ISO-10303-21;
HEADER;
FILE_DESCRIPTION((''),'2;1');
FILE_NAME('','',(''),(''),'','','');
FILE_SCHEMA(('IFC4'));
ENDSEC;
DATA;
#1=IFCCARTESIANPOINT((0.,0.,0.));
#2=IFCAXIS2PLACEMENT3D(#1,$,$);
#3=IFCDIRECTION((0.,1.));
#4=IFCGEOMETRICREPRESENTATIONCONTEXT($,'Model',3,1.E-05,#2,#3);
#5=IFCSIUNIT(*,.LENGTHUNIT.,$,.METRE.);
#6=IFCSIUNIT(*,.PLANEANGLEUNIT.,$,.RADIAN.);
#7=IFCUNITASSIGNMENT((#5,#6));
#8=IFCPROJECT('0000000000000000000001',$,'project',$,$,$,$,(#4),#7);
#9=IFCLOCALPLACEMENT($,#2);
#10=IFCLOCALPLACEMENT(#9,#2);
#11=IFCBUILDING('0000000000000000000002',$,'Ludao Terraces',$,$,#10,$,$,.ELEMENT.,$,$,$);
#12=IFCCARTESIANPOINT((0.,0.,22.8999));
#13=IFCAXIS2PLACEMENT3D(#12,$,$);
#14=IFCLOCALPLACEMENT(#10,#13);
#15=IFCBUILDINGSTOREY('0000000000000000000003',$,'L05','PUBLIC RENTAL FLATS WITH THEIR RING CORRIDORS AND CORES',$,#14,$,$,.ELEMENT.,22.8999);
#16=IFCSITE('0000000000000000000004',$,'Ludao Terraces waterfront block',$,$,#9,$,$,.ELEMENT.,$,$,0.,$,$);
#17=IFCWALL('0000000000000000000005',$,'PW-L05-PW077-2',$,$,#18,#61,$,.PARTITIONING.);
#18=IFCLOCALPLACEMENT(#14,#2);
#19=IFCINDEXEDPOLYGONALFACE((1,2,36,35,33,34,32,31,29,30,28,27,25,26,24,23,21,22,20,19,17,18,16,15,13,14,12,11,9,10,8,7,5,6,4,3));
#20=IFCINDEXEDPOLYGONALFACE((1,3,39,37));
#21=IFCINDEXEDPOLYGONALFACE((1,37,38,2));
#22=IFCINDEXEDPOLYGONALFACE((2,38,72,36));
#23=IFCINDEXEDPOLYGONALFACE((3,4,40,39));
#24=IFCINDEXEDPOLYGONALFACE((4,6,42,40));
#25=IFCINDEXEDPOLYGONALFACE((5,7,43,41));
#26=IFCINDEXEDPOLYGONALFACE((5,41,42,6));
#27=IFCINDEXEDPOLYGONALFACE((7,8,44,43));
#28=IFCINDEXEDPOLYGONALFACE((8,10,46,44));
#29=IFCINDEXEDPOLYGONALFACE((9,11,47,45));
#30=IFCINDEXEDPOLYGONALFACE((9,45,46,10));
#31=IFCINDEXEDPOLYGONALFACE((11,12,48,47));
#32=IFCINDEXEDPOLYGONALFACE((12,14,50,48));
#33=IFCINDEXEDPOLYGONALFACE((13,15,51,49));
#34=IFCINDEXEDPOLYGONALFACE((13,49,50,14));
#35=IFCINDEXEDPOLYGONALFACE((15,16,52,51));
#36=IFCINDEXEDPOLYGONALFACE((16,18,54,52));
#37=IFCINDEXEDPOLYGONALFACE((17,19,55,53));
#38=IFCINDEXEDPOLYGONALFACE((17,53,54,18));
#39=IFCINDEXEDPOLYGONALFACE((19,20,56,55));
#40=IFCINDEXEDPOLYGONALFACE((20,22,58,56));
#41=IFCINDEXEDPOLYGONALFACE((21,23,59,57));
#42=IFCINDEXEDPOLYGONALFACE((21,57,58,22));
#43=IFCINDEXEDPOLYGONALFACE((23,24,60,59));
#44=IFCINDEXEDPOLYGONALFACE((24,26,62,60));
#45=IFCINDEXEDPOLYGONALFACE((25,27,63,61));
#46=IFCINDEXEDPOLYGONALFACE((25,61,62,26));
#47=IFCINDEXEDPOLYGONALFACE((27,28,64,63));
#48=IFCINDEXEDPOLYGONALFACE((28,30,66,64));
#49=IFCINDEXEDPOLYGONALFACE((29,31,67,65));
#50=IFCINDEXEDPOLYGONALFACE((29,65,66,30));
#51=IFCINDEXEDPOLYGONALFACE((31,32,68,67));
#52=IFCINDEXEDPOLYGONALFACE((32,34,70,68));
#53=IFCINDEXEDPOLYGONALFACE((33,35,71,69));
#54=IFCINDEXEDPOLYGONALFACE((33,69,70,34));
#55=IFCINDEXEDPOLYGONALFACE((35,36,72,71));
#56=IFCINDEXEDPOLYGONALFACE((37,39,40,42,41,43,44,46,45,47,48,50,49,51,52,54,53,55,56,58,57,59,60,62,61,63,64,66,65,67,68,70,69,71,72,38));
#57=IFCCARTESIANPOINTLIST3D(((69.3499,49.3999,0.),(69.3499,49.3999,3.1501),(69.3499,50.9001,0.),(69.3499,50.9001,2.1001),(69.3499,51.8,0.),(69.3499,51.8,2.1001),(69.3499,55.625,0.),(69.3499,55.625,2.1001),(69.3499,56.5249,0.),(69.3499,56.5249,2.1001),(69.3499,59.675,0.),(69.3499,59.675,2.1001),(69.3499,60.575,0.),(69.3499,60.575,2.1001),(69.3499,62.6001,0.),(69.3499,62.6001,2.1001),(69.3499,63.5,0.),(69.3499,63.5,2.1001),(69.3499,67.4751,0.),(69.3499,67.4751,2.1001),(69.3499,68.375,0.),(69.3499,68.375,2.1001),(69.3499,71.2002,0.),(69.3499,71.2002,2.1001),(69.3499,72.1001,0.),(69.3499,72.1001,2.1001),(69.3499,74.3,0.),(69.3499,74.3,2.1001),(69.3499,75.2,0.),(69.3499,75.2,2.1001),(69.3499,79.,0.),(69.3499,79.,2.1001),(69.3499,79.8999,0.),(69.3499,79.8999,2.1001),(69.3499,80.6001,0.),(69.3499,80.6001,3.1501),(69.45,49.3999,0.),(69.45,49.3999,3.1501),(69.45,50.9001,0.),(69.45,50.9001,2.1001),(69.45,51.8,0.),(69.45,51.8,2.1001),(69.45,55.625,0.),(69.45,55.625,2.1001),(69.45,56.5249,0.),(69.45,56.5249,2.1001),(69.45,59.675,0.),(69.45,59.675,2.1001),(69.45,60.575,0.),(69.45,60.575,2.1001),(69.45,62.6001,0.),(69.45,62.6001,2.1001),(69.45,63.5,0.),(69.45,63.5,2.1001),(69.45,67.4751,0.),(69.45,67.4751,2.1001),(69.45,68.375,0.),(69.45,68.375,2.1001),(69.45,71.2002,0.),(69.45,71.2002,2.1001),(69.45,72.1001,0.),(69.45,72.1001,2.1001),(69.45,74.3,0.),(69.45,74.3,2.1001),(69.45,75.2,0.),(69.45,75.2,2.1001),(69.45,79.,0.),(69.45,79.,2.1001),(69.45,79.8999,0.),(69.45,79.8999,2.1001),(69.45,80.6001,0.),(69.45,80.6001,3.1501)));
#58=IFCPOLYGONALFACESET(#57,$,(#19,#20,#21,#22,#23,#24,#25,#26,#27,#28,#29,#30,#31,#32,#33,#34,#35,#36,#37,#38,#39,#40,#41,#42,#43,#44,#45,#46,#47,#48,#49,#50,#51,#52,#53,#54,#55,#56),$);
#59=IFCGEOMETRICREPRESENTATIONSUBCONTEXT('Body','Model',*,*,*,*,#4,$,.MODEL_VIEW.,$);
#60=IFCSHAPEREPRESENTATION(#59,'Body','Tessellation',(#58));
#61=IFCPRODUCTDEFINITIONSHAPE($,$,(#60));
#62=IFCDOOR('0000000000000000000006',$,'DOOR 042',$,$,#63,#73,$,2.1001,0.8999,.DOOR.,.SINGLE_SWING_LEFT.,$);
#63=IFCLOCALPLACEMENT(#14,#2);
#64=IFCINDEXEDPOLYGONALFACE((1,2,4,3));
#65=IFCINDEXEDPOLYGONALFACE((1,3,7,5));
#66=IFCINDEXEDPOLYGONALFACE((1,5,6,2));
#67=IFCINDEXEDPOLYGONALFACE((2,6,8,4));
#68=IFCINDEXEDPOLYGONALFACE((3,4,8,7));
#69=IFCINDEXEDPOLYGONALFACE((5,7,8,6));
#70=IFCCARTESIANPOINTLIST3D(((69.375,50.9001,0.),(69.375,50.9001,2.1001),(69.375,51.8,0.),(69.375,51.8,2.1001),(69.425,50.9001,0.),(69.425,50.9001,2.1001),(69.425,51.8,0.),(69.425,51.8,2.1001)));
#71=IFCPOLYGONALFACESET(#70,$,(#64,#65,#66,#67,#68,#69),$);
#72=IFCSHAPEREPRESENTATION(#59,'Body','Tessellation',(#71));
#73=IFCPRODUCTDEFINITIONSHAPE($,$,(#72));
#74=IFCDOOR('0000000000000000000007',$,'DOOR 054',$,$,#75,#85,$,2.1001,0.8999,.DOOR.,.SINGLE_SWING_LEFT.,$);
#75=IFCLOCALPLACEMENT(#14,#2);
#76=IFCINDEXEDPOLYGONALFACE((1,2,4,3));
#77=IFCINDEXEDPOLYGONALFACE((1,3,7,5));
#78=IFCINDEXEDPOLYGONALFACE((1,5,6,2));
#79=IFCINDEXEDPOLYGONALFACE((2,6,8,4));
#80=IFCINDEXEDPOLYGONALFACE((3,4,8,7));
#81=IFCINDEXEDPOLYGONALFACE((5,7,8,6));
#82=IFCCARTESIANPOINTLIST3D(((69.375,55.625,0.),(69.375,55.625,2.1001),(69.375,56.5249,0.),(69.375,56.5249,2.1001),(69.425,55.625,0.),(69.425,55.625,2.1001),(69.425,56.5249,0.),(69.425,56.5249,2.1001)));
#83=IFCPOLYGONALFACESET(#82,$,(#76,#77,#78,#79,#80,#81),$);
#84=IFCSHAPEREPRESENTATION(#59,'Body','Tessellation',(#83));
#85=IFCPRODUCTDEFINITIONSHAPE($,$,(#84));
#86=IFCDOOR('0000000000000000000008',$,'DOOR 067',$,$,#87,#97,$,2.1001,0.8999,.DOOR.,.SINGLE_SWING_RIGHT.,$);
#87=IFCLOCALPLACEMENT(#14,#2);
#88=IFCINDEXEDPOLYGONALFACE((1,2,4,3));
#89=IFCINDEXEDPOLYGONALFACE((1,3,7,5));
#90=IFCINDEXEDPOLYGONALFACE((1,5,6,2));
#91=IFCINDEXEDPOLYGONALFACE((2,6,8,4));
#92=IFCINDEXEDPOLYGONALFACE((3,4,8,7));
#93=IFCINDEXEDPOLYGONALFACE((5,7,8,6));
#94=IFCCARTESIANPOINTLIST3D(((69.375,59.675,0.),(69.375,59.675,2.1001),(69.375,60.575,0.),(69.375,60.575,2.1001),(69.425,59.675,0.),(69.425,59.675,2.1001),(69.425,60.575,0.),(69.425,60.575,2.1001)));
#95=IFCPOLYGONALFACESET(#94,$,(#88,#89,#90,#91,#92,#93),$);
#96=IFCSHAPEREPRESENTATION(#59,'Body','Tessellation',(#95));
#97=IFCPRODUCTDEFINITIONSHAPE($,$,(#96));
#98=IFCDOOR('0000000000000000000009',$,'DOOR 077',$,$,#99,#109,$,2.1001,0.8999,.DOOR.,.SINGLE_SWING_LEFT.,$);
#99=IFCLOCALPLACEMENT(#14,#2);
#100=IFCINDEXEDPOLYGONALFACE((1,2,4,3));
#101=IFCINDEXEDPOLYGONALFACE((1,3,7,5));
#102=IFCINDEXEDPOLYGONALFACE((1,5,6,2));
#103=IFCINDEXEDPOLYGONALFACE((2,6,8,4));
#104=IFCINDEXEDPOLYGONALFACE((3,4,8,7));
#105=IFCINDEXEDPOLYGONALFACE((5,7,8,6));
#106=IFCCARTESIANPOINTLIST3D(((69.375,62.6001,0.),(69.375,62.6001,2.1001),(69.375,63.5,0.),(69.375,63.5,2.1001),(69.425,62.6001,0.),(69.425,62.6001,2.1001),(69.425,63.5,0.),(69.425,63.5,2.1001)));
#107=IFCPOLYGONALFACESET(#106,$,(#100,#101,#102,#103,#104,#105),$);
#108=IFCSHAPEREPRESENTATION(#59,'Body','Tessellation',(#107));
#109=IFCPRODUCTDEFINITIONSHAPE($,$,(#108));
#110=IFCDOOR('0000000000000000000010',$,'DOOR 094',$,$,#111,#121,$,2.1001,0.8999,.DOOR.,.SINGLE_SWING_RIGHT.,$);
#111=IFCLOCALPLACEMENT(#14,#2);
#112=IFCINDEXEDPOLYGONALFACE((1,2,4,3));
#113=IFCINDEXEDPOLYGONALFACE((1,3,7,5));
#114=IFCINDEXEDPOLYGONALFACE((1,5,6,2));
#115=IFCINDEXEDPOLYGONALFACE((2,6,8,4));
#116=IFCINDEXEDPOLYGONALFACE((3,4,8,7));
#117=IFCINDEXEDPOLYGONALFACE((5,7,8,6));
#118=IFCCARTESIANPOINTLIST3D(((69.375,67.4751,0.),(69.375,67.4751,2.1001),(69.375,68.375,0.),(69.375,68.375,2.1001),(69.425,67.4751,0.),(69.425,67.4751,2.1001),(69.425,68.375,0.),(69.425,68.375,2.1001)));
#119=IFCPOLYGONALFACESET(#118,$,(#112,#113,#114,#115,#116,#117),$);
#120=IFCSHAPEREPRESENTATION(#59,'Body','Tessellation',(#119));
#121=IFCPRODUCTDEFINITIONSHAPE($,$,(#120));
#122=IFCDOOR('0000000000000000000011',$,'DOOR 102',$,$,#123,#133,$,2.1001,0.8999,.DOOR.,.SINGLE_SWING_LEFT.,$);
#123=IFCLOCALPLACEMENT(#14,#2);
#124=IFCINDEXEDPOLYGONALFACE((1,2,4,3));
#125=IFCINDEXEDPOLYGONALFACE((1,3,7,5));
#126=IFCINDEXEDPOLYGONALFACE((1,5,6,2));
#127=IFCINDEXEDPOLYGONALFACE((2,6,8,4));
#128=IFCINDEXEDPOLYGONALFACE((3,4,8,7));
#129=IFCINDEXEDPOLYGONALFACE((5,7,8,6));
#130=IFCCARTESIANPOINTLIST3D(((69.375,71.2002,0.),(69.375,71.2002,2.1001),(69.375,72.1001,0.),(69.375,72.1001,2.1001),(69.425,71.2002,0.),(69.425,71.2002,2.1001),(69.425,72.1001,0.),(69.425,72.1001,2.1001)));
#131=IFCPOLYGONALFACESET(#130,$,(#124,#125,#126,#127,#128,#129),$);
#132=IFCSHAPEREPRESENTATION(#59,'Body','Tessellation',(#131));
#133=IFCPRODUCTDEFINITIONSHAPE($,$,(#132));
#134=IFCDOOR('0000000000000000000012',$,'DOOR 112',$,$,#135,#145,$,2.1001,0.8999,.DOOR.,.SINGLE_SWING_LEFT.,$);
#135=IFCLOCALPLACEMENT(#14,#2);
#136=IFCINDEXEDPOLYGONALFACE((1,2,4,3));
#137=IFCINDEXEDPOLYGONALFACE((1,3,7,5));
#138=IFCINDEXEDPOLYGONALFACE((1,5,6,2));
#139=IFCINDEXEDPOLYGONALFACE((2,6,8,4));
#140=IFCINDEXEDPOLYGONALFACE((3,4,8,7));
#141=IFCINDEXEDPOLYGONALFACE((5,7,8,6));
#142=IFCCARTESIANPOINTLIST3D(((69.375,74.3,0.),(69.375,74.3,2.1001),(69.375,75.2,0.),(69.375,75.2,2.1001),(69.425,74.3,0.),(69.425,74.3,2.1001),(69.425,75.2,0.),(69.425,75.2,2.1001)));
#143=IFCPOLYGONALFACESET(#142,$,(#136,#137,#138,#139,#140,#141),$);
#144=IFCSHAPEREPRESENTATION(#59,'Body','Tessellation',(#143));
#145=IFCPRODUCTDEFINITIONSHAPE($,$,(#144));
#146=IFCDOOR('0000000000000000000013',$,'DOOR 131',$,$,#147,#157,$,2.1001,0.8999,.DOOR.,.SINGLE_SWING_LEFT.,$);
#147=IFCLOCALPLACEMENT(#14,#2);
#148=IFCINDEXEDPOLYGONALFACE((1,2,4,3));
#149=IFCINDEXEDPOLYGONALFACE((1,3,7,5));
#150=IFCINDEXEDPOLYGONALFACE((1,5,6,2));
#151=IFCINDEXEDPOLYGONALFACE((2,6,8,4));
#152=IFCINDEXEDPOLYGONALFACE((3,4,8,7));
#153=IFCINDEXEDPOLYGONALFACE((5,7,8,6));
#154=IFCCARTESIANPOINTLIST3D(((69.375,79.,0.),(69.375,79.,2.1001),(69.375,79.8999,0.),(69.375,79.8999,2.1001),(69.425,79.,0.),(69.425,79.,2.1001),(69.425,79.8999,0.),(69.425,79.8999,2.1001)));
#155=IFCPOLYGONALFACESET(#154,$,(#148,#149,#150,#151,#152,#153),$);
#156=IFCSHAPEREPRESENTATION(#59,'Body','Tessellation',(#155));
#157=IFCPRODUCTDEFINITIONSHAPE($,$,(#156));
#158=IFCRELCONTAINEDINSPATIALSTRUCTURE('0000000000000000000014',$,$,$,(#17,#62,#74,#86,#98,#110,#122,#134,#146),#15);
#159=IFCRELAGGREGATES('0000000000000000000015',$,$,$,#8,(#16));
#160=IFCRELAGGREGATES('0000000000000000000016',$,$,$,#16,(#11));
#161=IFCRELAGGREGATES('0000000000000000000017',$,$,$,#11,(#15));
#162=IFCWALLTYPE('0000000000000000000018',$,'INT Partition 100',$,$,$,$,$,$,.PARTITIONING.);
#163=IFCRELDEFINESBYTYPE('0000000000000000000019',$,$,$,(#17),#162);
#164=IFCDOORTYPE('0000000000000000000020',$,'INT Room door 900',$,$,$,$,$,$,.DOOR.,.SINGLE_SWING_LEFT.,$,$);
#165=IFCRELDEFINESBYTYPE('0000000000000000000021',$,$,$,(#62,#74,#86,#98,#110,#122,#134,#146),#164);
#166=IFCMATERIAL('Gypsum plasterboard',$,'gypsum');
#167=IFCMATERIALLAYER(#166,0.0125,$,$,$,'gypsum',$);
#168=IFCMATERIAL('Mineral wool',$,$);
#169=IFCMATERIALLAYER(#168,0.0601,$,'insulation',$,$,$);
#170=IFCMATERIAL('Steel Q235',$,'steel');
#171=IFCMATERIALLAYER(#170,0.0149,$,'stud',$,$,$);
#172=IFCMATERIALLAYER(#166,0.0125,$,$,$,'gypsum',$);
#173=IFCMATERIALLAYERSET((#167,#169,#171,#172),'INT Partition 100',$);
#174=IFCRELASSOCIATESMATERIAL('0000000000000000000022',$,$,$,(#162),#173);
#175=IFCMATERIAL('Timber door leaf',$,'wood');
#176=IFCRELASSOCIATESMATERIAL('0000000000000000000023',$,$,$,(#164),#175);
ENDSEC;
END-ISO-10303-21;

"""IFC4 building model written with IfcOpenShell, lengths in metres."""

from ifc_helpers import new_model, si_unit, direction, frame, frame_2d, origin, place, context, subcontext, project, spatial, rectangle, extrude, material, layer, layer_set, type_object, element, fill, save


model = new_model("IFC4")

# Units and contexts
model_context = context("Model", 3, precision=1e-05, world=origin(), true_north=direction((0.0, 1.0)))
body_context = subcontext(model_context, "Body", "Model", "MODEL_VIEW")
ifc_project = project(units=[si_unit("LENGTHUNIT", "METRE"), si_unit("PLANEANGLEUNIT", "RADIAN")], contexts=[model_context])

# Site, building, storey
site_placement = place(None, origin())
site = spatial("IfcSite", under=ifc_project, at=site_placement, Name="Ludao Terraces waterfront block", CompositionType="ELEMENT", RefElevation=0.0)
building_placement = place(site_placement, origin())
building = spatial("IfcBuilding", under=site, at=building_placement, Name="Ludao Terraces", CompositionType="ELEMENT")
storey_placement = place(building_placement, frame((0.0, 0.0, 22.8999)))
storey = spatial("IfcBuildingStorey", under=building, at=storey_placement, Name="L05", Description="PUBLIC RENTAL FLATS WITH THEIR RING CORRIDORS AND CORES", CompositionType="ELEMENT", Elevation=22.8999)

# Shared definitions
ifc_material_1 = material(Name="Gypsum plasterboard", Category="gypsum")
ifc_layer_1 = layer(ifc_material_1, 0.0125, Category="gypsum")
ifc_material_2 = material(Name="Mineral wool")
ifc_layer_2 = layer(ifc_material_2, 0.0601, Name="insulation")
ifc_material_3 = material(Name="Steel Q235", Category="steel")
ifc_layer_3 = layer(ifc_material_3, 0.0149, Name="stud")
ifc_layer_4 = layer(ifc_material_1, 0.0125, Category="gypsum")
ifc_layer_set = layer_set([ifc_layer_1, ifc_layer_2, ifc_layer_3, ifc_layer_4], Name="INT Partition 100")
wall_type = type_object("IfcWallType", Name="INT Partition 100", PredefinedType="PARTITIONING", material=ifc_layer_set)

# Wall, openings, doors
wall_1_placement = place(storey_placement, frame((69.3999, 49.3999, 0.0), z_axis=(0.0, 0.0, 1.0), x_axis=(0.0, 1.0, 0.0)))
wall_1 = element("IfcWall", 1, at=wall_1_placement, inside=storey, type_object=wall_type, Name="PW-L05-PW077-2", PredefinedType="PARTITIONING", context=body_context, shape_type="SweptSolid", body=[
    extrude(rectangle(XDim=31.2002, YDim=0.1001, at=frame_2d((15.6001, 0.0))), origin(), (0.0, 0.0, 1.0), 3.1501),
])
opening_1_placement = place(wall_1_placement, frame((1.5002, 0.0, 0.0)))
opening_1 = element("IfcOpeningElement", 2, at=opening_1_placement, cuts=wall_1, PredefinedType="OPENING", context=body_context, shape_type="SweptSolid", body=[
    extrude(rectangle(XDim=0.8999, YDim=2.1001, at=frame_2d((0.45, 1.05))), frame((0.0, 0.0601, 0.0), z_axis=(0.0, -1.0, 0.0), x_axis=(1.0, 0.0, 0.0)), (0.0, 0.0, 1.0), 0.1201),
])
opening_2_placement = place(wall_1_placement, frame((6.2251, 0.0, 0.0)))
opening_2 = element("IfcOpeningElement", 3, at=opening_2_placement, cuts=wall_1, PredefinedType="OPENING", context=body_context, shape_type="SweptSolid", body=[
    extrude(rectangle(XDim=0.8999, YDim=2.1001, at=frame_2d((0.45, 1.05))), frame((0.0, 0.0601, 0.0), z_axis=(0.0, -1.0, 0.0), x_axis=(1.0, 0.0, 0.0)), (0.0, 0.0, 1.0), 0.1201),
])
opening_3_placement = place(wall_1_placement, frame((10.2751, 0.0, 0.0)))
opening_3 = element("IfcOpeningElement", 4, at=opening_3_placement, cuts=wall_1, PredefinedType="OPENING", context=body_context, shape_type="SweptSolid", body=[
    extrude(rectangle(XDim=0.8999, YDim=2.1001, at=frame_2d((0.45, 1.05))), frame((0.0, 0.0601, 0.0), z_axis=(0.0, -1.0, 0.0), x_axis=(1.0, 0.0, 0.0)), (0.0, 0.0, 1.0), 0.1201),
])
opening_4_placement = place(wall_1_placement, frame((13.2002, 0.0, 0.0)))
opening_4 = element("IfcOpeningElement", 5, at=opening_4_placement, cuts=wall_1, PredefinedType="OPENING", context=body_context, shape_type="SweptSolid", body=[
    extrude(rectangle(XDim=0.8999, YDim=2.1001, at=frame_2d((0.45, 1.05))), frame((0.0, 0.0601, 0.0), z_axis=(0.0, -1.0, 0.0), x_axis=(1.0, 0.0, 0.0)), (0.0, 0.0, 1.0), 0.1201),
])
opening_5_placement = place(wall_1_placement, frame((18.0752, 0.0, 0.0)))
opening_5 = element("IfcOpeningElement", 6, at=opening_5_placement, cuts=wall_1, PredefinedType="OPENING", context=body_context, shape_type="SweptSolid", body=[
    extrude(rectangle(XDim=0.8999, YDim=2.1001, at=frame_2d((0.45, 1.05))), frame((0.0, 0.0601, 0.0), z_axis=(0.0, -1.0, 0.0), x_axis=(1.0, 0.0, 0.0)), (0.0, 0.0, 1.0), 0.1201),
])
opening_6_placement = place(wall_1_placement, frame((21.8003, 0.0, 0.0)))
opening_6 = element("IfcOpeningElement", 7, at=opening_6_placement, cuts=wall_1, PredefinedType="OPENING", context=body_context, shape_type="SweptSolid", body=[
    extrude(rectangle(XDim=0.8999, YDim=2.1001, at=frame_2d((0.45, 1.05))), frame((0.0, 0.0601, 0.0), z_axis=(0.0, -1.0, 0.0), x_axis=(1.0, 0.0, 0.0)), (0.0, 0.0, 1.0), 0.1201),
])
opening_7_placement = place(wall_1_placement, frame((24.9001, 0.0, 0.0)))
opening_7 = element("IfcOpeningElement", 8, at=opening_7_placement, cuts=wall_1, PredefinedType="OPENING", context=body_context, shape_type="SweptSolid", body=[
    extrude(rectangle(XDim=0.8999, YDim=2.1001, at=frame_2d((0.45, 1.05))), frame((0.0, 0.0601, 0.0), z_axis=(0.0, -1.0, 0.0), x_axis=(1.0, 0.0, 0.0)), (0.0, 0.0, 1.0), 0.1201),
])
opening_8_placement = place(wall_1_placement, frame((29.6001, 0.0, 0.0)))
opening_8 = element("IfcOpeningElement", 9, at=opening_8_placement, cuts=wall_1, PredefinedType="OPENING", context=body_context, shape_type="SweptSolid", body=[
    extrude(rectangle(XDim=0.8999, YDim=2.1001, at=frame_2d((0.45, 1.05))), frame((0.0, 0.0601, 0.0), z_axis=(0.0, -1.0, 0.0), x_axis=(1.0, 0.0, 0.0)), (0.0, 0.0, 1.0), 0.1201),
])
ifc_material_4 = material(Name="Timber door leaf", Category="wood")
door_type_1 = type_object("IfcDoorType", Name="INT Room door 900", OperationType="SINGLE_SWING_LEFT", PredefinedType="DOOR", material=ifc_material_4)
door_1_placement = place(opening_1_placement, origin())
door_1 = element("IfcDoor", 10, at=door_1_placement, inside=storey, type_object=door_type_1, Name="DOOR 042", OperationType="SINGLE_SWING_LEFT", OverallHeight=2.1001, OverallWidth=0.8999, PredefinedType="DOOR", context=body_context, shape_type="SweptSolid", body=[
    extrude(rectangle(XDim=0.8999, YDim=2.1001, at=frame_2d((0.45, 1.05))), frame((0.0, 0.0249, 0.0), z_axis=(0.0, -1.0, 0.0), x_axis=(1.0, 0.0, 0.0)), (0.0, 0.0, 1.0), 0.05),
])
fill(opening_1, door_1)
door_2_placement = place(opening_2_placement, origin())
door_2 = element("IfcDoor", 11, at=door_2_placement, inside=storey, type_object=door_type_1, Name="DOOR 054", OperationType="SINGLE_SWING_LEFT", OverallHeight=2.1001, OverallWidth=0.8999, PredefinedType="DOOR", context=body_context, shape_type="SweptSolid", body=[
    extrude(rectangle(XDim=0.8999, YDim=2.1001, at=frame_2d((0.45, 1.05))), frame((0.0, 0.0249, 0.0), z_axis=(0.0, -1.0, 0.0), x_axis=(1.0, 0.0, 0.0)), (0.0, 0.0, 1.0), 0.05),
])
fill(opening_2, door_2)
door_3_placement = place(opening_3_placement, origin())
door_3 = element("IfcDoor", 12, at=door_3_placement, inside=storey, type_object=door_type_1, Name="DOOR 067", OperationType="SINGLE_SWING_RIGHT", OverallHeight=2.1001, OverallWidth=0.8999, PredefinedType="DOOR", context=body_context, shape_type="SweptSolid", body=[
    extrude(rectangle(XDim=0.8999, YDim=2.1001, at=frame_2d((0.45, 1.05))), frame((0.0, 0.0249, 0.0), z_axis=(0.0, -1.0, 0.0), x_axis=(1.0, 0.0, 0.0)), (0.0, 0.0, 1.0), 0.05),
])
fill(opening_3, door_3)
door_4_placement = place(opening_4_placement, origin())
door_4 = element("IfcDoor", 13, at=door_4_placement, inside=storey, type_object=door_type_1, Name="DOOR 077", OperationType="SINGLE_SWING_LEFT", OverallHeight=2.1001, OverallWidth=0.8999, PredefinedType="DOOR", context=body_context, shape_type="SweptSolid", body=[
    extrude(rectangle(XDim=0.8999, YDim=2.1001, at=frame_2d((0.45, 1.05))), frame((0.0, 0.0249, 0.0), z_axis=(0.0, -1.0, 0.0), x_axis=(1.0, 0.0, 0.0)), (0.0, 0.0, 1.0), 0.05),
])
fill(opening_4, door_4)
door_5_placement = place(opening_5_placement, origin())
door_5 = element("IfcDoor", 14, at=door_5_placement, inside=storey, type_object=door_type_1, Name="DOOR 094", OperationType="SINGLE_SWING_RIGHT", OverallHeight=2.1001, OverallWidth=0.8999, PredefinedType="DOOR", context=body_context, shape_type="SweptSolid", body=[
    extrude(rectangle(XDim=0.8999, YDim=2.1001, at=frame_2d((0.45, 1.05))), frame((0.0, 0.0249, 0.0), z_axis=(0.0, -1.0, 0.0), x_axis=(1.0, 0.0, 0.0)), (0.0, 0.0, 1.0), 0.05),
])
fill(opening_5, door_5)
door_6_placement = place(opening_6_placement, origin())
door_6 = element("IfcDoor", 15, at=door_6_placement, inside=storey, type_object=door_type_1, Name="DOOR 102", OperationType="SINGLE_SWING_LEFT", OverallHeight=2.1001, OverallWidth=0.8999, PredefinedType="DOOR", context=body_context, shape_type="SweptSolid", body=[
    extrude(rectangle(XDim=0.8999, YDim=2.1001, at=frame_2d((0.45, 1.05))), frame((0.0, 0.0249, 0.0), z_axis=(0.0, -1.0, 0.0), x_axis=(1.0, 0.0, 0.0)), (0.0, 0.0, 1.0), 0.05),
])
fill(opening_6, door_6)
door_7_placement = place(opening_7_placement, origin())
door_7 = element("IfcDoor", 16, at=door_7_placement, inside=storey, type_object=door_type_1, Name="DOOR 112", OperationType="SINGLE_SWING_LEFT", OverallHeight=2.1001, OverallWidth=0.8999, PredefinedType="DOOR", context=body_context, shape_type="SweptSolid", body=[
    extrude(rectangle(XDim=0.8999, YDim=2.1001, at=frame_2d((0.45, 1.05))), frame((0.0, 0.0249, 0.0), z_axis=(0.0, -1.0, 0.0), x_axis=(1.0, 0.0, 0.0)), (0.0, 0.0, 1.0), 0.05),
])
fill(opening_7, door_7)
door_8_placement = place(opening_8_placement, origin())
door_8 = element("IfcDoor", 17, at=door_8_placement, inside=storey, type_object=door_type_1, Name="DOOR 131", OperationType="SINGLE_SWING_LEFT", OverallHeight=2.1001, OverallWidth=0.8999, PredefinedType="DOOR", context=body_context, shape_type="SweptSolid", body=[
    extrude(rectangle(XDim=0.8999, YDim=2.1001, at=frame_2d((0.45, 1.05))), frame((0.0, 0.0249, 0.0), z_axis=(0.0, -1.0, 0.0), x_axis=(1.0, 0.0, 0.0)), (0.0, 0.0, 1.0), 0.05),
])
fill(opening_8, door_8)

save(model, "model.ifc")
